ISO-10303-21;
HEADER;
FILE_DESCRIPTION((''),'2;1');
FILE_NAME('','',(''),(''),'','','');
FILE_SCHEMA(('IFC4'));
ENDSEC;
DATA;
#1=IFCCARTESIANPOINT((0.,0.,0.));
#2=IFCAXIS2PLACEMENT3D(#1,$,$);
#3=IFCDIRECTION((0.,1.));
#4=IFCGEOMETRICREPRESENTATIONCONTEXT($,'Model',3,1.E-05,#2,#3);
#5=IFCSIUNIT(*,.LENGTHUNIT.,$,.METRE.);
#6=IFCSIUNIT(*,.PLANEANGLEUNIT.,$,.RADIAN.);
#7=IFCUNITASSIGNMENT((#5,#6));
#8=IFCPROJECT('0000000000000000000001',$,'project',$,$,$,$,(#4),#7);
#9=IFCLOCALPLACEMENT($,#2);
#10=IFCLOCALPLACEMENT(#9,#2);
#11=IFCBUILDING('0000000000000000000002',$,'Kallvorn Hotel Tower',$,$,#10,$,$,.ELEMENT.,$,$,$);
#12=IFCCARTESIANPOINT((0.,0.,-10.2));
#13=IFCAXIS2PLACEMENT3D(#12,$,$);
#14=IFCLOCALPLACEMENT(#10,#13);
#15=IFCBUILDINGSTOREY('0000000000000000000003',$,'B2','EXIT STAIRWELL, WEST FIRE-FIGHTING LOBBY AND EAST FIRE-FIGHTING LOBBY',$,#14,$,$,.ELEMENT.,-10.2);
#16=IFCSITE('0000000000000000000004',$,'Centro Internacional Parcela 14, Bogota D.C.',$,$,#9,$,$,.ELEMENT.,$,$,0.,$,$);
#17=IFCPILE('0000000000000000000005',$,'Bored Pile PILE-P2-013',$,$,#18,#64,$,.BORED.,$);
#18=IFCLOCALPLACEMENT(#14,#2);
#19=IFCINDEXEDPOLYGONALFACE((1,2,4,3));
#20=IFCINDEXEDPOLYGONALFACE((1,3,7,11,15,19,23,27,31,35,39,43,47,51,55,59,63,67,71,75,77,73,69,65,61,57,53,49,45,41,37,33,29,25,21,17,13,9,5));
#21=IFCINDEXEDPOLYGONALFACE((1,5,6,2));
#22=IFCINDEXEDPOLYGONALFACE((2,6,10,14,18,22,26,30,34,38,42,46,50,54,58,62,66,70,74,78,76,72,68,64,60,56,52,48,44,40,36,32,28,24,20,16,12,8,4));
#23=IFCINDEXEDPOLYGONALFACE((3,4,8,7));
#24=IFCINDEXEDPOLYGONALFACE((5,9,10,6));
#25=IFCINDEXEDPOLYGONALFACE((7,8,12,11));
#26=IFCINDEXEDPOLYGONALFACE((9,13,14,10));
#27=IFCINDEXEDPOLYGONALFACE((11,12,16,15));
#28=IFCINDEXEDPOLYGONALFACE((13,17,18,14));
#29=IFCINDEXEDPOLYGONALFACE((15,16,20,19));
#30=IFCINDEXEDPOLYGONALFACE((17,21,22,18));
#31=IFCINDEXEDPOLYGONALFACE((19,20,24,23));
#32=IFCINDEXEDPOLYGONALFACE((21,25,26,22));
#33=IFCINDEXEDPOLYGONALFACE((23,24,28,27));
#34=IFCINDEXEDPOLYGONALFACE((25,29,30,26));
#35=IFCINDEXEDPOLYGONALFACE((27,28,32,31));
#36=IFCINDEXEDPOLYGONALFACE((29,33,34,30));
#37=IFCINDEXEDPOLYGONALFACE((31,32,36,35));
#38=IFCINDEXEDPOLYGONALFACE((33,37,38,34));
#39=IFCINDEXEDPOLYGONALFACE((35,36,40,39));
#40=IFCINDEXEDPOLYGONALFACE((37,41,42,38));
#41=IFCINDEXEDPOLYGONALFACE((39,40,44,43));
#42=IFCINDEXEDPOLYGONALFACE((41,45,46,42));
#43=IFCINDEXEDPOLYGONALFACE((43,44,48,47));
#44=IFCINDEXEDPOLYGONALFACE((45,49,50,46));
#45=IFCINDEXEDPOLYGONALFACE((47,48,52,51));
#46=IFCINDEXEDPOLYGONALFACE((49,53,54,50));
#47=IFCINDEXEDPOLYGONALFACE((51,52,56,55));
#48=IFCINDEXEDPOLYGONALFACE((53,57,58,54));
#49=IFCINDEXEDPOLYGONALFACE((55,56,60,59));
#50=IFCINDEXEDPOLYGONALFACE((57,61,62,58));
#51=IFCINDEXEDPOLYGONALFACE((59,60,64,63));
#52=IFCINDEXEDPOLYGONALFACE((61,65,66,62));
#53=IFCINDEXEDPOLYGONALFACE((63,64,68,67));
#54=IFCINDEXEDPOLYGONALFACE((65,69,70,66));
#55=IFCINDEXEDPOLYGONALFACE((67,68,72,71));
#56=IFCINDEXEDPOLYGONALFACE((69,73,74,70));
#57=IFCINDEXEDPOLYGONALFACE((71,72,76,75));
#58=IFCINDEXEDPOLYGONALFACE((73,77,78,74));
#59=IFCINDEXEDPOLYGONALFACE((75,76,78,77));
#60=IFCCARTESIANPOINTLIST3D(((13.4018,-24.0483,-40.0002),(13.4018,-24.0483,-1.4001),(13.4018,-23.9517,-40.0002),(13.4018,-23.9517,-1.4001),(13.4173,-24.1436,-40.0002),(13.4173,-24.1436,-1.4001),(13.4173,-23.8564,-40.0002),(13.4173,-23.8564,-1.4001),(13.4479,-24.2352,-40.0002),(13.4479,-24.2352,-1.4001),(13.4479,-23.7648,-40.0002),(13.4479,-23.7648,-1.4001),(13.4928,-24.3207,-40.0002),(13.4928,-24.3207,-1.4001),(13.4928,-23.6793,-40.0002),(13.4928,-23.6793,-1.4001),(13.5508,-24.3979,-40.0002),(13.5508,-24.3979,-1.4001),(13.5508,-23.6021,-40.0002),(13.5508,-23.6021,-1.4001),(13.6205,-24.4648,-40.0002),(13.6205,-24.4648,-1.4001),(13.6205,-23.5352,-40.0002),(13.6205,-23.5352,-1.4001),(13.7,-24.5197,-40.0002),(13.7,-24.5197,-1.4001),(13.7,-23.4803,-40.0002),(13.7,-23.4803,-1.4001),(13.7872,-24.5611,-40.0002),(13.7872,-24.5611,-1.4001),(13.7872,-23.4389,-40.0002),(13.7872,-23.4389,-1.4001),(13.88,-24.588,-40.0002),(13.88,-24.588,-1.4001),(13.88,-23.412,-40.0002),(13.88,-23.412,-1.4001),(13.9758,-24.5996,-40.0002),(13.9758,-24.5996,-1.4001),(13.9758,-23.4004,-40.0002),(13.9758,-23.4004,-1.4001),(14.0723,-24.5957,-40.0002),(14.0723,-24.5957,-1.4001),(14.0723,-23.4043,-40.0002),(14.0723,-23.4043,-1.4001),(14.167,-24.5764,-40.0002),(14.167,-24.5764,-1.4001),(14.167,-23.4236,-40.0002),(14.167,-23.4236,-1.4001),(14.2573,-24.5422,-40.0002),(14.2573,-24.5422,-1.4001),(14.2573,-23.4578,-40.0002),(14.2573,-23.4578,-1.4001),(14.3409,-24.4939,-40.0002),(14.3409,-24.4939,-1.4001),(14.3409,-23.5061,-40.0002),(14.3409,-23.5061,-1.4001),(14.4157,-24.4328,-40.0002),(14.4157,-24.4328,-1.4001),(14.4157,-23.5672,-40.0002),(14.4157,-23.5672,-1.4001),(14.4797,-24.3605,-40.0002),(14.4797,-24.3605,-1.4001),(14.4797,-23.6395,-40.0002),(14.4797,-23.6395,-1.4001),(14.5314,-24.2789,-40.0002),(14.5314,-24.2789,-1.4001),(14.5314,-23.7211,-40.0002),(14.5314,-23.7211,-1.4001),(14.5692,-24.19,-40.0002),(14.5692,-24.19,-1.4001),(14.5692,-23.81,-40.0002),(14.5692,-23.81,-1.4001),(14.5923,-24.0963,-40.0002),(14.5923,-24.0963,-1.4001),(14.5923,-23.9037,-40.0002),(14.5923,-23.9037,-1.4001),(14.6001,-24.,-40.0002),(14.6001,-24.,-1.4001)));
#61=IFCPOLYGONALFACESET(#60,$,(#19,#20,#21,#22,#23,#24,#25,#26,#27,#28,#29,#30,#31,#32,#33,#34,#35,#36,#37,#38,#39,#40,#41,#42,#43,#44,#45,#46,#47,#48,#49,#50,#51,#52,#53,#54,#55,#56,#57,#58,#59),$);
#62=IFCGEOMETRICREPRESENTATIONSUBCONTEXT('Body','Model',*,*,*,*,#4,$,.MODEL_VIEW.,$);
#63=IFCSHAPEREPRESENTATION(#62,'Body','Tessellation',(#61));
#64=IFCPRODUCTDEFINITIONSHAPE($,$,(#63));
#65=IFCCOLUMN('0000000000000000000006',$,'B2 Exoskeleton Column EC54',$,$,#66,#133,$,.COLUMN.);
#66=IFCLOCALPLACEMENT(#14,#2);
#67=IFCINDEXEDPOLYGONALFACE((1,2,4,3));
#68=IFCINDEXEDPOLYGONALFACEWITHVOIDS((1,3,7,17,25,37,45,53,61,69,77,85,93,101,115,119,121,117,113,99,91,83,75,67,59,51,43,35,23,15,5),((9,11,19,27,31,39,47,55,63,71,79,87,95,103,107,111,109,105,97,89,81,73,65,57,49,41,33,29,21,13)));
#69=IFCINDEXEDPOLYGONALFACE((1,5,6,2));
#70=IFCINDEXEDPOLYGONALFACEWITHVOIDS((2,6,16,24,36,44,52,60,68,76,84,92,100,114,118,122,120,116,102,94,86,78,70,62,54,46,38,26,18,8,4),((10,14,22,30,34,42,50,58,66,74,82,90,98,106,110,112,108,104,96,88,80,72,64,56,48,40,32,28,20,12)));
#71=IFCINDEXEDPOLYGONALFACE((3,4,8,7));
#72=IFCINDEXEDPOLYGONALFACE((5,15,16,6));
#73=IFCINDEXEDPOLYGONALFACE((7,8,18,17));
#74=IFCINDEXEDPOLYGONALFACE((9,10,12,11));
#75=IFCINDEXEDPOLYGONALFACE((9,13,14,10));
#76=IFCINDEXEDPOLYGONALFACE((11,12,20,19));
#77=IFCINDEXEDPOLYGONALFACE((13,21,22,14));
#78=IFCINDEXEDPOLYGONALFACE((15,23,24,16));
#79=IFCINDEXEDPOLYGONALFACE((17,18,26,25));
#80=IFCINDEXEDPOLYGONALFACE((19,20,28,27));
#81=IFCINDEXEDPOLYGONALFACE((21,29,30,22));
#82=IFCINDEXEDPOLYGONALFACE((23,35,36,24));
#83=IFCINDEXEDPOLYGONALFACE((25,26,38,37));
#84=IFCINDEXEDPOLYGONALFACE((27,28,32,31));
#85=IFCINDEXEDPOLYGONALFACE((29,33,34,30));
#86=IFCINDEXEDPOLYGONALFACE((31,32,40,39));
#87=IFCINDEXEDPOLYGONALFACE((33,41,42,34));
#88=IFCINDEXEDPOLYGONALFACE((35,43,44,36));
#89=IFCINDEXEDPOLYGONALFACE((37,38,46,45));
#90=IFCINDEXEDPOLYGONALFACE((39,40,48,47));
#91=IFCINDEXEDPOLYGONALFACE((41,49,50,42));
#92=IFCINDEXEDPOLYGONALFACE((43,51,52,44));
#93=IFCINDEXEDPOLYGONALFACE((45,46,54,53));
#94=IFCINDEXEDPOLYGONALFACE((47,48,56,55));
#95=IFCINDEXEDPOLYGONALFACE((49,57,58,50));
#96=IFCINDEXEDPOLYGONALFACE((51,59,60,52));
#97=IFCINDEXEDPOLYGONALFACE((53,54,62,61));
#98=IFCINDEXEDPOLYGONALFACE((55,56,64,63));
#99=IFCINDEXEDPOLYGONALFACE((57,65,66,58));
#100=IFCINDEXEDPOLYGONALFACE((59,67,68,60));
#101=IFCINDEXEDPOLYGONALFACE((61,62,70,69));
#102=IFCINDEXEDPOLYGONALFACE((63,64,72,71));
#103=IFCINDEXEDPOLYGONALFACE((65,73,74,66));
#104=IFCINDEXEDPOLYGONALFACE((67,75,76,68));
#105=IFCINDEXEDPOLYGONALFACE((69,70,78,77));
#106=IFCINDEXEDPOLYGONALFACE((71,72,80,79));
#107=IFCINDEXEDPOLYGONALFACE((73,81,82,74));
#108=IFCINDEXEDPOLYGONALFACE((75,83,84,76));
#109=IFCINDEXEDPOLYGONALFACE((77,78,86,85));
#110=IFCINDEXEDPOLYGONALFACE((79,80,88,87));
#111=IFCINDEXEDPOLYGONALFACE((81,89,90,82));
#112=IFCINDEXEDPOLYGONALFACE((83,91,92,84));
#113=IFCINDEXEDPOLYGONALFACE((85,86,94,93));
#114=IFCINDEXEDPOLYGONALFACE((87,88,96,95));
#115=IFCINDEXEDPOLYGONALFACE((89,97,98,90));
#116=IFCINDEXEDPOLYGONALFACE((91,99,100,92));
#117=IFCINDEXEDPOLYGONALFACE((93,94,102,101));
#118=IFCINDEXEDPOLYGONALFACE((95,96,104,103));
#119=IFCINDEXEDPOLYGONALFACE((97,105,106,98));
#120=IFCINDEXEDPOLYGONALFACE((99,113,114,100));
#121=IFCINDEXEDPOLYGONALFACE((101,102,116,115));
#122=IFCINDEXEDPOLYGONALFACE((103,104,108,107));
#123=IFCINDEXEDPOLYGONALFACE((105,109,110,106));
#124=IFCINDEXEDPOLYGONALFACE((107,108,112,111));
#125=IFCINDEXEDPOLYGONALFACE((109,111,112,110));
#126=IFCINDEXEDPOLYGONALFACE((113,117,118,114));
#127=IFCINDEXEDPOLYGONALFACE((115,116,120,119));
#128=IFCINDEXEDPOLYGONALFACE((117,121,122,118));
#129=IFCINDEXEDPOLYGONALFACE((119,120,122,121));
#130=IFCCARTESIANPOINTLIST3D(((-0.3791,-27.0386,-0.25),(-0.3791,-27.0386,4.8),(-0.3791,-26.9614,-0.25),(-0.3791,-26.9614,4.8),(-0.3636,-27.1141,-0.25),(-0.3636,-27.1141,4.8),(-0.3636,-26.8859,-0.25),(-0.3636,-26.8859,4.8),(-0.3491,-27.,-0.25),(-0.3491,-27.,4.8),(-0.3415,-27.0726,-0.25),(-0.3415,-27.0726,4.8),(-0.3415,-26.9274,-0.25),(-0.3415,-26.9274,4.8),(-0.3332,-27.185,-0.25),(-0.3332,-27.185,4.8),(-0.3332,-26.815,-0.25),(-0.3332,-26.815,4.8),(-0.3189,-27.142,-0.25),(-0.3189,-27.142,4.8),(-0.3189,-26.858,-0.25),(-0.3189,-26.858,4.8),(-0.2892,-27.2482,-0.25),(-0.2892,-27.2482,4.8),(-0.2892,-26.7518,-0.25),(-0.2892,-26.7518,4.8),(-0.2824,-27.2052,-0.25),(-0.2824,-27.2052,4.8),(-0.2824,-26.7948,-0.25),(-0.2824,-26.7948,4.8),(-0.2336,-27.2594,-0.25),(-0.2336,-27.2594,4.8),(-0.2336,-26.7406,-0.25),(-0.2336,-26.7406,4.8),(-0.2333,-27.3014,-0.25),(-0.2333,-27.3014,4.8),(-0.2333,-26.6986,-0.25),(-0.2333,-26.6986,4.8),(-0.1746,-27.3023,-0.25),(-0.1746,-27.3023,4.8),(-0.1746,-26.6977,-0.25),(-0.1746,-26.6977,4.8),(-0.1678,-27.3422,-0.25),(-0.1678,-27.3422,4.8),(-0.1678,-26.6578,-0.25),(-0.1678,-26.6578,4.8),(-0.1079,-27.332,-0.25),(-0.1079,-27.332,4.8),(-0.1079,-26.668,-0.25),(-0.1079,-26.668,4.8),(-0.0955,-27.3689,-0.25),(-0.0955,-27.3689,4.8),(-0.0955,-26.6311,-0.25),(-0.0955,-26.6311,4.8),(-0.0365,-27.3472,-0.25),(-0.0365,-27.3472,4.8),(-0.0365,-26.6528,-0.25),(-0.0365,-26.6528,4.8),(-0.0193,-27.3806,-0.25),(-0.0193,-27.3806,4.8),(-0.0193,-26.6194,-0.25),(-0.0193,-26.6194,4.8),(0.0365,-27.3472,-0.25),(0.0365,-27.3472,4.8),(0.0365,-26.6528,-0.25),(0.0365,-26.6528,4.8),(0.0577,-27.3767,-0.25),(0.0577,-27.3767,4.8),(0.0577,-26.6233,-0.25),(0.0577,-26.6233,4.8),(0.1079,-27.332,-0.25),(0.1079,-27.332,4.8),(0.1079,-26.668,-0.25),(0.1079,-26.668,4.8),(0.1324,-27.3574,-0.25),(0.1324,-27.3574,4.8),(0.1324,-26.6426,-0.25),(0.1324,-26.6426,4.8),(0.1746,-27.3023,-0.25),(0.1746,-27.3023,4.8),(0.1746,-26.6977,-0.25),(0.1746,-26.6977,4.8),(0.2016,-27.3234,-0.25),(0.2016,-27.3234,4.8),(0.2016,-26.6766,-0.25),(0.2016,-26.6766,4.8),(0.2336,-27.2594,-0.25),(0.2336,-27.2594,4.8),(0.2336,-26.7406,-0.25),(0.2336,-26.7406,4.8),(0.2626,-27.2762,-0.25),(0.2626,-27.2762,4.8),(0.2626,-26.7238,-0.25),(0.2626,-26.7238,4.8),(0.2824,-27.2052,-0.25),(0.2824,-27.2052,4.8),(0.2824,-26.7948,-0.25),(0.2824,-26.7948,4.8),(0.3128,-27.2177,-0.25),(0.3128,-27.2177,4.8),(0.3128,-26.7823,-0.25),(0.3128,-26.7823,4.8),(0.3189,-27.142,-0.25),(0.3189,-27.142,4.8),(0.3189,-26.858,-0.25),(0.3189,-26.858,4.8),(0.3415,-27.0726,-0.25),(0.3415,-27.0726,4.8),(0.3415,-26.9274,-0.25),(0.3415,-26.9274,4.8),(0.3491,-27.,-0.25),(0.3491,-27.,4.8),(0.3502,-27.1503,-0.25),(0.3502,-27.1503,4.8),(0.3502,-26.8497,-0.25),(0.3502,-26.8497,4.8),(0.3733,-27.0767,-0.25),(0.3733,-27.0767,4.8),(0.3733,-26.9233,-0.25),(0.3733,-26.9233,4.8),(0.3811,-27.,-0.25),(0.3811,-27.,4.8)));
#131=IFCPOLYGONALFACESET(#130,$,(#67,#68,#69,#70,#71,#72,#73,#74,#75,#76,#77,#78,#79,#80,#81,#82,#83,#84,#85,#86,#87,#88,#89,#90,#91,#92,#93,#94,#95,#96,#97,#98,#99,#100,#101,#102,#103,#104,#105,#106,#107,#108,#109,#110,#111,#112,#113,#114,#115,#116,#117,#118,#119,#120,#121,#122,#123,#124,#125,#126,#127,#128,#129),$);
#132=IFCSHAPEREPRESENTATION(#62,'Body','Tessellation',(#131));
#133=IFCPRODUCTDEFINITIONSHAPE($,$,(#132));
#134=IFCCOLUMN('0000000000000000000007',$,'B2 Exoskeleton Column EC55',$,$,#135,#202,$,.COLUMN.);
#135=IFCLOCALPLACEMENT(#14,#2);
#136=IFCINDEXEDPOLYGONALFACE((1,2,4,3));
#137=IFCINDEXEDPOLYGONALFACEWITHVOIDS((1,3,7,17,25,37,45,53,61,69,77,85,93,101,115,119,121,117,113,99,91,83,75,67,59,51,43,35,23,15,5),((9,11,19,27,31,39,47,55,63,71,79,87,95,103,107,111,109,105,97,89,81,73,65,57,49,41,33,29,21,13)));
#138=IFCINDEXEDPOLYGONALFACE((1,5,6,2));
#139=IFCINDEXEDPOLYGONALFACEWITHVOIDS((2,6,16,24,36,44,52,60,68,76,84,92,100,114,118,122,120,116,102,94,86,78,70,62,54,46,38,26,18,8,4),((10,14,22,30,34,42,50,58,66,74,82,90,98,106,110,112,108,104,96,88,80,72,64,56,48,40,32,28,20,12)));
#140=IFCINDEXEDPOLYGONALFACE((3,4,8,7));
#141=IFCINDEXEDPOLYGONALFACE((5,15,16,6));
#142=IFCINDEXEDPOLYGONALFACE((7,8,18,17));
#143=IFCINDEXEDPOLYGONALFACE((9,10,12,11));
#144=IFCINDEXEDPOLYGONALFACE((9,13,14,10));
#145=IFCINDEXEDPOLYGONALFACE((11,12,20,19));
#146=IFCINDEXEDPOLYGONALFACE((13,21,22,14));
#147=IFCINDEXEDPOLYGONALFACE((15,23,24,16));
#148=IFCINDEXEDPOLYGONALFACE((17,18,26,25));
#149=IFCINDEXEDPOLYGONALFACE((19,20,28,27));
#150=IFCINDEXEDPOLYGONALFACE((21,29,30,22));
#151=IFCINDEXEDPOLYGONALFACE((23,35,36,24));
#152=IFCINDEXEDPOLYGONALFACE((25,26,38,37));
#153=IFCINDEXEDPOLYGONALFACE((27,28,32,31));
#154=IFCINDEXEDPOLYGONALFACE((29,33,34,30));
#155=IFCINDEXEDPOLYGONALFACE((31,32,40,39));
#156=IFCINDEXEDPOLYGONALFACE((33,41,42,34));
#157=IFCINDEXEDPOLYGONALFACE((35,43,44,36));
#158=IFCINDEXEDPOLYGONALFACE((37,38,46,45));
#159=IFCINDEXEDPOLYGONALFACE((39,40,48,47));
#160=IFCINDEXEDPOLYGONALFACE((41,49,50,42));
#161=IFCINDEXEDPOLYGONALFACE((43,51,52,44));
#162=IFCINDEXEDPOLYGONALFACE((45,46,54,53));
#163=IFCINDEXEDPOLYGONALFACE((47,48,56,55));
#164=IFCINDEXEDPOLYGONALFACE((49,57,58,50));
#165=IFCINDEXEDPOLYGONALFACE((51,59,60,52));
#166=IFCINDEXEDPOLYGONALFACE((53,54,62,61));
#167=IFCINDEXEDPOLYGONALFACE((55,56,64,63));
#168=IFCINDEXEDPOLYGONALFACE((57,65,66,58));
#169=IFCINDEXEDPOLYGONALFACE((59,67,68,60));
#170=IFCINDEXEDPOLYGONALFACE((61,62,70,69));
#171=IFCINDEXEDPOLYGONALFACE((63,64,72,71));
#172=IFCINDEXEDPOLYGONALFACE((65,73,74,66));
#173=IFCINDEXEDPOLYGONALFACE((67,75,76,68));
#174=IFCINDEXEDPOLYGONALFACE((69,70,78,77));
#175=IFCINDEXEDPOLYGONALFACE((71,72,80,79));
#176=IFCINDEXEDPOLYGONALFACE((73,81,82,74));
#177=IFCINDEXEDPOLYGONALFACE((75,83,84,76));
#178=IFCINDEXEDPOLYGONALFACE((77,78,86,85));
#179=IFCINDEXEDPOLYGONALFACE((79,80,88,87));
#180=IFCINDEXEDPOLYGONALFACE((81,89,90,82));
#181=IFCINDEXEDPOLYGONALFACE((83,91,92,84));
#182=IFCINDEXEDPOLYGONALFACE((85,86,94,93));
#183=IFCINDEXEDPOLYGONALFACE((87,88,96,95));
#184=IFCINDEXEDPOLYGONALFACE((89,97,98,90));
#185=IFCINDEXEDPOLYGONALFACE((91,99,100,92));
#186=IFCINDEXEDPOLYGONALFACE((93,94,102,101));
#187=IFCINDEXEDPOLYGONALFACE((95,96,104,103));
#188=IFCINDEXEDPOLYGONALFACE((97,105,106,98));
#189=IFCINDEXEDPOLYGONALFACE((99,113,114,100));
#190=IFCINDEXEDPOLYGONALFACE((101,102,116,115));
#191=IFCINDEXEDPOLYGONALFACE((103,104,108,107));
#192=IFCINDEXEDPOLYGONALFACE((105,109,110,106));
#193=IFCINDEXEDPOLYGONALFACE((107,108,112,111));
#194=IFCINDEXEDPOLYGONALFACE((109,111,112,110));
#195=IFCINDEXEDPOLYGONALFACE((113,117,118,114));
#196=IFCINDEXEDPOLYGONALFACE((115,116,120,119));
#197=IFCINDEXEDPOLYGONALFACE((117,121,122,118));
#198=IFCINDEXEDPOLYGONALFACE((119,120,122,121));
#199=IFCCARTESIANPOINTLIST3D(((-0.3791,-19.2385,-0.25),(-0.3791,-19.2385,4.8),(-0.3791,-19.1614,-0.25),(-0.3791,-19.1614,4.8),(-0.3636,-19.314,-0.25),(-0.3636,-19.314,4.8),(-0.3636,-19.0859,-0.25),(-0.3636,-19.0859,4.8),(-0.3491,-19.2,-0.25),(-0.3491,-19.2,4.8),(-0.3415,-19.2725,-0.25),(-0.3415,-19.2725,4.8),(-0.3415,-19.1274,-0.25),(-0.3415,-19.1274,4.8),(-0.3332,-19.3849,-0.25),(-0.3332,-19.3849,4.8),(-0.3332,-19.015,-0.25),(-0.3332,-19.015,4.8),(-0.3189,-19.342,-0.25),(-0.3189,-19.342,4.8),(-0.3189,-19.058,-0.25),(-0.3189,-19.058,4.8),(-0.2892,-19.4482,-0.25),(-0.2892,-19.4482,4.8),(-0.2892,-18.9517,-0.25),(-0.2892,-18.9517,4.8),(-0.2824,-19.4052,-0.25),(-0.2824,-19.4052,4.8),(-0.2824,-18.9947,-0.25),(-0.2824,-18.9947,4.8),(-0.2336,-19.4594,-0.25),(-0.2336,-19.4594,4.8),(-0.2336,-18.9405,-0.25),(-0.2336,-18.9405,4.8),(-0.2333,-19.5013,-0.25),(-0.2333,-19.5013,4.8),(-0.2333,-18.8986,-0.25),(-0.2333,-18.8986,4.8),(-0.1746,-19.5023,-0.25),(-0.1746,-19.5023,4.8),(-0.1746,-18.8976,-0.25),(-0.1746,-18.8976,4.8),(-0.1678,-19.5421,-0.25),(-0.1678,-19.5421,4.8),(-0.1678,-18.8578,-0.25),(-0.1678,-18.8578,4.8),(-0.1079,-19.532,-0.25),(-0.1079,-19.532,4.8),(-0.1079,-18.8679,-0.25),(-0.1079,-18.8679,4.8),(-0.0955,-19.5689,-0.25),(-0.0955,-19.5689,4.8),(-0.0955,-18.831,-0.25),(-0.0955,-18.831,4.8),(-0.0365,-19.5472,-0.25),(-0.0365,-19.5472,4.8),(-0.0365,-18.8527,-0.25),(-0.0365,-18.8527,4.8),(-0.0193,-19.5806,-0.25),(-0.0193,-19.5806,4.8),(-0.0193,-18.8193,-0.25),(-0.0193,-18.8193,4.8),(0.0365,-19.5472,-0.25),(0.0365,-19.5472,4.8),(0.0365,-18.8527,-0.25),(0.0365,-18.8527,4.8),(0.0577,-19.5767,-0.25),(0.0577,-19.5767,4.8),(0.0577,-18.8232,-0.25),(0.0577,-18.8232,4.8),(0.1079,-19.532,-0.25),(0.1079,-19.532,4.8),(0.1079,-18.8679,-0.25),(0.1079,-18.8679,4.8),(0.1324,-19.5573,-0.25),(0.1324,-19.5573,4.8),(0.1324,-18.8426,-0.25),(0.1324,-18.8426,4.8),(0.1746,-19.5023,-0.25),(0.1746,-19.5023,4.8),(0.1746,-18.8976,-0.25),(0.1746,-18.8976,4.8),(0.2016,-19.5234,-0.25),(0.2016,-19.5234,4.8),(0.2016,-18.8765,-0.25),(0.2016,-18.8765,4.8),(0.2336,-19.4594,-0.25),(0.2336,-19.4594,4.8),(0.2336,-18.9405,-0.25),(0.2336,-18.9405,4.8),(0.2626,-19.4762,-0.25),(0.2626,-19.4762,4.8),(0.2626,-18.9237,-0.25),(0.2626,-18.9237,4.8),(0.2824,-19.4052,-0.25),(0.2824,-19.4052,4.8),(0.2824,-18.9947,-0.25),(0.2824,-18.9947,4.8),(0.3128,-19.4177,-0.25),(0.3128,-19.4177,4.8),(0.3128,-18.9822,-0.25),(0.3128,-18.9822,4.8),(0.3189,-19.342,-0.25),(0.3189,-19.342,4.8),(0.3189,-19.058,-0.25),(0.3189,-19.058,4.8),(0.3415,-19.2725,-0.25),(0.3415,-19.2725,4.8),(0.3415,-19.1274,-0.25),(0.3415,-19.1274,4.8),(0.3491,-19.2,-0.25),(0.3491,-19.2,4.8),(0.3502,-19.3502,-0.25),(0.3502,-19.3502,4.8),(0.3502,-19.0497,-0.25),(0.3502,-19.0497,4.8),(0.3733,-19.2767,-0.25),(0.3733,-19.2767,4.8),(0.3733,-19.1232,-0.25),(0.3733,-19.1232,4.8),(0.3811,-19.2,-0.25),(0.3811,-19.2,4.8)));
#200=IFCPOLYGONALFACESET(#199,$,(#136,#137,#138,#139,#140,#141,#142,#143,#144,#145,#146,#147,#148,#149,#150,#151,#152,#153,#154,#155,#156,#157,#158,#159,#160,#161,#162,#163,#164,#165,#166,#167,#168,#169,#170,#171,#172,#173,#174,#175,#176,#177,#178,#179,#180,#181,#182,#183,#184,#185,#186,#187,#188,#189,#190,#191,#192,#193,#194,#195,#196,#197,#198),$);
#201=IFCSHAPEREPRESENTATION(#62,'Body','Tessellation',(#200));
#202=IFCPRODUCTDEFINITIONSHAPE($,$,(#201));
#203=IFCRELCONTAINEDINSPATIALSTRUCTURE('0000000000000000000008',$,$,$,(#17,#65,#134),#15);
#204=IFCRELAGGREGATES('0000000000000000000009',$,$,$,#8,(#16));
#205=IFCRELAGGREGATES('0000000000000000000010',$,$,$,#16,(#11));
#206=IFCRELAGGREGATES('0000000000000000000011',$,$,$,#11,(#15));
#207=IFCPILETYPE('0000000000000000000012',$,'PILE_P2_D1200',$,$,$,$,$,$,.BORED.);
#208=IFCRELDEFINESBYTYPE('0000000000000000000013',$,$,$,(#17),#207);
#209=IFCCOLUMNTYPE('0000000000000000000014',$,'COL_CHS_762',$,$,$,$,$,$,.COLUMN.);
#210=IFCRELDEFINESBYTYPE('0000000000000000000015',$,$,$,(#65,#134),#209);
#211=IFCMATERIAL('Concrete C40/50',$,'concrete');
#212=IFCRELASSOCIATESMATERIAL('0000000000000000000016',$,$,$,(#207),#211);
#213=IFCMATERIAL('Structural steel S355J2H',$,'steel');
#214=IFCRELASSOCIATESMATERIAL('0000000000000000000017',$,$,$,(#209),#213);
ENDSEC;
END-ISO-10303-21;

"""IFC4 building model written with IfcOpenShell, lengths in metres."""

from ifc_helpers import new_model, si_unit, direction, frame, origin, origin_2d, place, context, subcontext, project, spatial, circle, hollow_circle, extrude, material, material_profile, profile_set, type_object, element, save


model = new_model("IFC4")

# Units and contexts
model_context = context("Model", 3, precision=1e-05, world=origin(), true_north=direction((0.0, 1.0)))
body_context = subcontext(model_context, "Body", "Model", "MODEL_VIEW")
ifc_project = project(units=[si_unit("LENGTHUNIT", "METRE"), si_unit("PLANEANGLEUNIT", "RADIAN")], contexts=[model_context])

# Site, building, storey
site_placement = place(None, origin())
site = spatial("IfcSite", under=ifc_project, at=site_placement, Name="Centro Internacional Parcela 14, Bogota D.C.", CompositionType="ELEMENT", RefElevation=0.0)
building_placement = place(site_placement, origin())
building = spatial("IfcBuilding", under=site, at=building_placement, Name="Kallvorn Hotel Tower", CompositionType="ELEMENT")
storey_placement = place(building_placement, frame((0.0, 0.0, -10.2)))
storey = spatial("IfcBuildingStorey", under=building, at=storey_placement, Name="B2", Description="EXIT STAIRWELL, WEST FIRE-FIGHTING LOBBY AND EAST FIRE-FIGHTING LOBBY", CompositionType="ELEMENT", Elevation=-10.2)

# Pile
ifc_material_1 = material(Name="Concrete C40/50", Category="concrete")
ifc_material_profile_1 = material_profile(ifc_material_1, circle(Radius=0.6001, at=origin_2d()), Name="PILE D1200")
ifc_profile_set_1 = profile_set([ifc_material_profile_1], Name="Concrete C40/50")
pile_type_1 = type_object("IfcPileType", Name="PILE_P2_D1200", PredefinedType="BORED", material=ifc_profile_set_1)
for number, where, z_axis, x_axis, name in (
    (1, (14.0, -24.0, -1.4001), (0.0, 0.0, -1.0), (1.0, 0.0, 0.0), "Bored Pile PILE-P2-013"),
):
    element("IfcPile", number, at=place(storey_placement, frame(where, z_axis=z_axis, x_axis=x_axis)), inside=storey, type_object=pile_type_1, Name=name, PredefinedType="BORED", context=body_context, shape_type="SweptSolid", body=[
        extrude(circle(Radius=0.6001, at=origin_2d()), origin(), (0.0, 0.0, 1.0), 38.6001),
    ])

# Columns
ifc_material_2 = material(Name="Structural steel S355J2H", Category="steel")
ifc_material_profile_2 = material_profile(ifc_material_2, hollow_circle(Radius=0.3811, WallThickness=0.032, at=origin_2d()), Name="CHS 762x32")
ifc_profile_set_2 = profile_set([ifc_material_profile_2], Name="Structural steel S355J2H")
column_type_1 = type_object("IfcColumnType", Name="COL_CHS_762", PredefinedType="COLUMN", material=ifc_profile_set_2)
for number, where, z_axis, x_axis, name in (
    (2, (0.0, -27.0, -0.25), (0.0, 0.0, 1.0), (1.0, 0.0, 0.0), "B2 Exoskeleton Column EC54"),
    (3, (0.0, -19.2, -0.25), (0.0, 0.0, 1.0), (1.0, 0.0, 0.0), "B2 Exoskeleton Column EC55"),
):
    element("IfcColumn", number, at=place(storey_placement, frame(where, z_axis=z_axis, x_axis=x_axis)), inside=storey, type_object=column_type_1, Name=name, PredefinedType="COLUMN", context=body_context, shape_type="SweptSolid", body=[
        extrude(hollow_circle(Radius=0.3811, WallThickness=0.032, at=origin_2d()), origin(), (0.0, 0.0, 1.0), 5.05),
    ])

save(model, "model.ifc")
